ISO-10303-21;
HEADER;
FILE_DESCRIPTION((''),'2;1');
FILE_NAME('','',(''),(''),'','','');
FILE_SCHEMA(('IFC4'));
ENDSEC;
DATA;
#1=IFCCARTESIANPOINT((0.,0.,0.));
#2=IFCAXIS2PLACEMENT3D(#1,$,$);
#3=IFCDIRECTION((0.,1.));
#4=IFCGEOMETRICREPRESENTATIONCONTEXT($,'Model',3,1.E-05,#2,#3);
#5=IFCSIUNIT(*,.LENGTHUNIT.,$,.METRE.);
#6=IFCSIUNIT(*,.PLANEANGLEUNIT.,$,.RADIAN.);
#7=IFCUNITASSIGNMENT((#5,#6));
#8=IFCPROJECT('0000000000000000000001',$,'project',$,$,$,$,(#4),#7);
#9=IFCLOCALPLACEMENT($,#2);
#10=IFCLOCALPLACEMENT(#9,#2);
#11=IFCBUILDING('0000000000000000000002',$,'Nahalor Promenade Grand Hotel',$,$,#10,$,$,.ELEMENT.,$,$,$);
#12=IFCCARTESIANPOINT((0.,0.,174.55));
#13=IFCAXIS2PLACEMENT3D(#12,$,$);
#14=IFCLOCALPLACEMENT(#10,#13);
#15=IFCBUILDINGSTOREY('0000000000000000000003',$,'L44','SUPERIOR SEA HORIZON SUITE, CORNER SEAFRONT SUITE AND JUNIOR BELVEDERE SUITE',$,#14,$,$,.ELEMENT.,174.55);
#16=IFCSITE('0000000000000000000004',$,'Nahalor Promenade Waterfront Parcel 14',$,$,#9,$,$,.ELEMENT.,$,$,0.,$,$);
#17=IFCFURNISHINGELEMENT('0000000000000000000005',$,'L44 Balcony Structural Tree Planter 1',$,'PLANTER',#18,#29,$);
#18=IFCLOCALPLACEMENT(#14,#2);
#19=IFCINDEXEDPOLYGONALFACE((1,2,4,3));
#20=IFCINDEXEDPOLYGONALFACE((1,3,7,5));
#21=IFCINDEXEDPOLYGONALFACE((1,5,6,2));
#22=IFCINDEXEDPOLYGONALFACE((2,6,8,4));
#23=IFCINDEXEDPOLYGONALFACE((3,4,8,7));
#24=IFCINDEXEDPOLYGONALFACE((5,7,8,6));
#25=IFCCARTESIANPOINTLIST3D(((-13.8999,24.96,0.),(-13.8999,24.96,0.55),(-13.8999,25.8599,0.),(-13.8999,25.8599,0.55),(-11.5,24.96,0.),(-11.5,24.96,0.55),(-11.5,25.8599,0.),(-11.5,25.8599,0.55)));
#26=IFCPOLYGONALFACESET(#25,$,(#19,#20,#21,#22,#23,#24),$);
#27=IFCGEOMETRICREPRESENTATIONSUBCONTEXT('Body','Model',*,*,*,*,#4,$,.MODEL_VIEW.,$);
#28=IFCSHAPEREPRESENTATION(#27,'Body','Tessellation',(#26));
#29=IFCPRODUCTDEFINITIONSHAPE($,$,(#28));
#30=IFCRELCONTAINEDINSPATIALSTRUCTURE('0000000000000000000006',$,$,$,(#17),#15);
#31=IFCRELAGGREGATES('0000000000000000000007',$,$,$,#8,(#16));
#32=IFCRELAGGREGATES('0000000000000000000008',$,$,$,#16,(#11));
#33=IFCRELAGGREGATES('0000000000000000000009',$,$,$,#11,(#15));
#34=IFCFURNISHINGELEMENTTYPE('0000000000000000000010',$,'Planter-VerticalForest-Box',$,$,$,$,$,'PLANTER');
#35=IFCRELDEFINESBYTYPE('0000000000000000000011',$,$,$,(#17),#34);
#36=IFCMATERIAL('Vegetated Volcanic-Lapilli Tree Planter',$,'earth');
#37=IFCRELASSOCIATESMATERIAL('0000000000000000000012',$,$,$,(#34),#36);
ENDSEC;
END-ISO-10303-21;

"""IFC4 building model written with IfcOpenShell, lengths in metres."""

from ifc_helpers import new_model, si_unit, direction, frame, origin, origin_2d, place, context, subcontext, project, spatial, rectangle, extrude, source, transform, mapped, material, type_object, element, save


model = new_model("IFC4")

# Units and contexts
model_context = context("Model", 3, precision=1e-05, world=origin(), true_north=direction((0.0, 1.0)))
body_context = subcontext(model_context, "Body", "Model", "MODEL_VIEW")
ifc_project = project(units=[si_unit("LENGTHUNIT", "METRE"), si_unit("PLANEANGLEUNIT", "RADIAN")], contexts=[model_context])

# Site, building, storey
site_placement = place(None, origin())
site = spatial("IfcSite", under=ifc_project, at=site_placement, Name="Nahalor Promenade Waterfront Parcel 14", CompositionType="ELEMENT", RefElevation=0.0)
building_placement = place(site_placement, origin())
building = spatial("IfcBuilding", under=site, at=building_placement, Name="Nahalor Promenade Grand Hotel", CompositionType="ELEMENT")
storey_placement = place(building_placement, frame((0.0, 0.0, 174.55)))
storey = spatial("IfcBuildingStorey", under=building, at=storey_placement, Name="L44", Description="SUPERIOR SEA HORIZON SUITE, CORNER SEAFRONT SUITE AND JUNIOR BELVEDERE SUITE", CompositionType="ELEMENT", Elevation=174.55)

# Furnishing element
ifc_material_1 = material(Name="Vegetated Volcanic-Lapilli Tree Planter", Category="earth")
furnishing_element_type = type_object("IfcFurnishingElementType", Name="Planter-VerticalForest-Box", ElementType="PLANTER", material=ifc_material_1)
shared_shape_1 = source(origin(), body_context, "Body", "SweptSolid", [
    extrude(rectangle(XDim=2.3999, YDim=0.8999, at=origin_2d()), origin(), (0.0, 0.0, 1.0), 0.55),
])
furnishing_placement = place(storey_placement, frame((-12.7, 25.4099, 0.0), z_axis=(0.0, 0.0, 1.0), x_axis=(1.0, 0.0, 0.0)))
element("IfcFurnishingElement", 1, at=furnishing_placement, inside=storey, type_object=furnishing_element_type, Name="L44 Balcony Structural Tree Planter 1", ObjectType="PLANTER", context=body_context, shape_type="MappedRepresentation", body=[
    mapped(shared_shape_1, transform((0.0, 0.0, 0.0), scale=1.0)),
])

save(model, "model.ifc")
